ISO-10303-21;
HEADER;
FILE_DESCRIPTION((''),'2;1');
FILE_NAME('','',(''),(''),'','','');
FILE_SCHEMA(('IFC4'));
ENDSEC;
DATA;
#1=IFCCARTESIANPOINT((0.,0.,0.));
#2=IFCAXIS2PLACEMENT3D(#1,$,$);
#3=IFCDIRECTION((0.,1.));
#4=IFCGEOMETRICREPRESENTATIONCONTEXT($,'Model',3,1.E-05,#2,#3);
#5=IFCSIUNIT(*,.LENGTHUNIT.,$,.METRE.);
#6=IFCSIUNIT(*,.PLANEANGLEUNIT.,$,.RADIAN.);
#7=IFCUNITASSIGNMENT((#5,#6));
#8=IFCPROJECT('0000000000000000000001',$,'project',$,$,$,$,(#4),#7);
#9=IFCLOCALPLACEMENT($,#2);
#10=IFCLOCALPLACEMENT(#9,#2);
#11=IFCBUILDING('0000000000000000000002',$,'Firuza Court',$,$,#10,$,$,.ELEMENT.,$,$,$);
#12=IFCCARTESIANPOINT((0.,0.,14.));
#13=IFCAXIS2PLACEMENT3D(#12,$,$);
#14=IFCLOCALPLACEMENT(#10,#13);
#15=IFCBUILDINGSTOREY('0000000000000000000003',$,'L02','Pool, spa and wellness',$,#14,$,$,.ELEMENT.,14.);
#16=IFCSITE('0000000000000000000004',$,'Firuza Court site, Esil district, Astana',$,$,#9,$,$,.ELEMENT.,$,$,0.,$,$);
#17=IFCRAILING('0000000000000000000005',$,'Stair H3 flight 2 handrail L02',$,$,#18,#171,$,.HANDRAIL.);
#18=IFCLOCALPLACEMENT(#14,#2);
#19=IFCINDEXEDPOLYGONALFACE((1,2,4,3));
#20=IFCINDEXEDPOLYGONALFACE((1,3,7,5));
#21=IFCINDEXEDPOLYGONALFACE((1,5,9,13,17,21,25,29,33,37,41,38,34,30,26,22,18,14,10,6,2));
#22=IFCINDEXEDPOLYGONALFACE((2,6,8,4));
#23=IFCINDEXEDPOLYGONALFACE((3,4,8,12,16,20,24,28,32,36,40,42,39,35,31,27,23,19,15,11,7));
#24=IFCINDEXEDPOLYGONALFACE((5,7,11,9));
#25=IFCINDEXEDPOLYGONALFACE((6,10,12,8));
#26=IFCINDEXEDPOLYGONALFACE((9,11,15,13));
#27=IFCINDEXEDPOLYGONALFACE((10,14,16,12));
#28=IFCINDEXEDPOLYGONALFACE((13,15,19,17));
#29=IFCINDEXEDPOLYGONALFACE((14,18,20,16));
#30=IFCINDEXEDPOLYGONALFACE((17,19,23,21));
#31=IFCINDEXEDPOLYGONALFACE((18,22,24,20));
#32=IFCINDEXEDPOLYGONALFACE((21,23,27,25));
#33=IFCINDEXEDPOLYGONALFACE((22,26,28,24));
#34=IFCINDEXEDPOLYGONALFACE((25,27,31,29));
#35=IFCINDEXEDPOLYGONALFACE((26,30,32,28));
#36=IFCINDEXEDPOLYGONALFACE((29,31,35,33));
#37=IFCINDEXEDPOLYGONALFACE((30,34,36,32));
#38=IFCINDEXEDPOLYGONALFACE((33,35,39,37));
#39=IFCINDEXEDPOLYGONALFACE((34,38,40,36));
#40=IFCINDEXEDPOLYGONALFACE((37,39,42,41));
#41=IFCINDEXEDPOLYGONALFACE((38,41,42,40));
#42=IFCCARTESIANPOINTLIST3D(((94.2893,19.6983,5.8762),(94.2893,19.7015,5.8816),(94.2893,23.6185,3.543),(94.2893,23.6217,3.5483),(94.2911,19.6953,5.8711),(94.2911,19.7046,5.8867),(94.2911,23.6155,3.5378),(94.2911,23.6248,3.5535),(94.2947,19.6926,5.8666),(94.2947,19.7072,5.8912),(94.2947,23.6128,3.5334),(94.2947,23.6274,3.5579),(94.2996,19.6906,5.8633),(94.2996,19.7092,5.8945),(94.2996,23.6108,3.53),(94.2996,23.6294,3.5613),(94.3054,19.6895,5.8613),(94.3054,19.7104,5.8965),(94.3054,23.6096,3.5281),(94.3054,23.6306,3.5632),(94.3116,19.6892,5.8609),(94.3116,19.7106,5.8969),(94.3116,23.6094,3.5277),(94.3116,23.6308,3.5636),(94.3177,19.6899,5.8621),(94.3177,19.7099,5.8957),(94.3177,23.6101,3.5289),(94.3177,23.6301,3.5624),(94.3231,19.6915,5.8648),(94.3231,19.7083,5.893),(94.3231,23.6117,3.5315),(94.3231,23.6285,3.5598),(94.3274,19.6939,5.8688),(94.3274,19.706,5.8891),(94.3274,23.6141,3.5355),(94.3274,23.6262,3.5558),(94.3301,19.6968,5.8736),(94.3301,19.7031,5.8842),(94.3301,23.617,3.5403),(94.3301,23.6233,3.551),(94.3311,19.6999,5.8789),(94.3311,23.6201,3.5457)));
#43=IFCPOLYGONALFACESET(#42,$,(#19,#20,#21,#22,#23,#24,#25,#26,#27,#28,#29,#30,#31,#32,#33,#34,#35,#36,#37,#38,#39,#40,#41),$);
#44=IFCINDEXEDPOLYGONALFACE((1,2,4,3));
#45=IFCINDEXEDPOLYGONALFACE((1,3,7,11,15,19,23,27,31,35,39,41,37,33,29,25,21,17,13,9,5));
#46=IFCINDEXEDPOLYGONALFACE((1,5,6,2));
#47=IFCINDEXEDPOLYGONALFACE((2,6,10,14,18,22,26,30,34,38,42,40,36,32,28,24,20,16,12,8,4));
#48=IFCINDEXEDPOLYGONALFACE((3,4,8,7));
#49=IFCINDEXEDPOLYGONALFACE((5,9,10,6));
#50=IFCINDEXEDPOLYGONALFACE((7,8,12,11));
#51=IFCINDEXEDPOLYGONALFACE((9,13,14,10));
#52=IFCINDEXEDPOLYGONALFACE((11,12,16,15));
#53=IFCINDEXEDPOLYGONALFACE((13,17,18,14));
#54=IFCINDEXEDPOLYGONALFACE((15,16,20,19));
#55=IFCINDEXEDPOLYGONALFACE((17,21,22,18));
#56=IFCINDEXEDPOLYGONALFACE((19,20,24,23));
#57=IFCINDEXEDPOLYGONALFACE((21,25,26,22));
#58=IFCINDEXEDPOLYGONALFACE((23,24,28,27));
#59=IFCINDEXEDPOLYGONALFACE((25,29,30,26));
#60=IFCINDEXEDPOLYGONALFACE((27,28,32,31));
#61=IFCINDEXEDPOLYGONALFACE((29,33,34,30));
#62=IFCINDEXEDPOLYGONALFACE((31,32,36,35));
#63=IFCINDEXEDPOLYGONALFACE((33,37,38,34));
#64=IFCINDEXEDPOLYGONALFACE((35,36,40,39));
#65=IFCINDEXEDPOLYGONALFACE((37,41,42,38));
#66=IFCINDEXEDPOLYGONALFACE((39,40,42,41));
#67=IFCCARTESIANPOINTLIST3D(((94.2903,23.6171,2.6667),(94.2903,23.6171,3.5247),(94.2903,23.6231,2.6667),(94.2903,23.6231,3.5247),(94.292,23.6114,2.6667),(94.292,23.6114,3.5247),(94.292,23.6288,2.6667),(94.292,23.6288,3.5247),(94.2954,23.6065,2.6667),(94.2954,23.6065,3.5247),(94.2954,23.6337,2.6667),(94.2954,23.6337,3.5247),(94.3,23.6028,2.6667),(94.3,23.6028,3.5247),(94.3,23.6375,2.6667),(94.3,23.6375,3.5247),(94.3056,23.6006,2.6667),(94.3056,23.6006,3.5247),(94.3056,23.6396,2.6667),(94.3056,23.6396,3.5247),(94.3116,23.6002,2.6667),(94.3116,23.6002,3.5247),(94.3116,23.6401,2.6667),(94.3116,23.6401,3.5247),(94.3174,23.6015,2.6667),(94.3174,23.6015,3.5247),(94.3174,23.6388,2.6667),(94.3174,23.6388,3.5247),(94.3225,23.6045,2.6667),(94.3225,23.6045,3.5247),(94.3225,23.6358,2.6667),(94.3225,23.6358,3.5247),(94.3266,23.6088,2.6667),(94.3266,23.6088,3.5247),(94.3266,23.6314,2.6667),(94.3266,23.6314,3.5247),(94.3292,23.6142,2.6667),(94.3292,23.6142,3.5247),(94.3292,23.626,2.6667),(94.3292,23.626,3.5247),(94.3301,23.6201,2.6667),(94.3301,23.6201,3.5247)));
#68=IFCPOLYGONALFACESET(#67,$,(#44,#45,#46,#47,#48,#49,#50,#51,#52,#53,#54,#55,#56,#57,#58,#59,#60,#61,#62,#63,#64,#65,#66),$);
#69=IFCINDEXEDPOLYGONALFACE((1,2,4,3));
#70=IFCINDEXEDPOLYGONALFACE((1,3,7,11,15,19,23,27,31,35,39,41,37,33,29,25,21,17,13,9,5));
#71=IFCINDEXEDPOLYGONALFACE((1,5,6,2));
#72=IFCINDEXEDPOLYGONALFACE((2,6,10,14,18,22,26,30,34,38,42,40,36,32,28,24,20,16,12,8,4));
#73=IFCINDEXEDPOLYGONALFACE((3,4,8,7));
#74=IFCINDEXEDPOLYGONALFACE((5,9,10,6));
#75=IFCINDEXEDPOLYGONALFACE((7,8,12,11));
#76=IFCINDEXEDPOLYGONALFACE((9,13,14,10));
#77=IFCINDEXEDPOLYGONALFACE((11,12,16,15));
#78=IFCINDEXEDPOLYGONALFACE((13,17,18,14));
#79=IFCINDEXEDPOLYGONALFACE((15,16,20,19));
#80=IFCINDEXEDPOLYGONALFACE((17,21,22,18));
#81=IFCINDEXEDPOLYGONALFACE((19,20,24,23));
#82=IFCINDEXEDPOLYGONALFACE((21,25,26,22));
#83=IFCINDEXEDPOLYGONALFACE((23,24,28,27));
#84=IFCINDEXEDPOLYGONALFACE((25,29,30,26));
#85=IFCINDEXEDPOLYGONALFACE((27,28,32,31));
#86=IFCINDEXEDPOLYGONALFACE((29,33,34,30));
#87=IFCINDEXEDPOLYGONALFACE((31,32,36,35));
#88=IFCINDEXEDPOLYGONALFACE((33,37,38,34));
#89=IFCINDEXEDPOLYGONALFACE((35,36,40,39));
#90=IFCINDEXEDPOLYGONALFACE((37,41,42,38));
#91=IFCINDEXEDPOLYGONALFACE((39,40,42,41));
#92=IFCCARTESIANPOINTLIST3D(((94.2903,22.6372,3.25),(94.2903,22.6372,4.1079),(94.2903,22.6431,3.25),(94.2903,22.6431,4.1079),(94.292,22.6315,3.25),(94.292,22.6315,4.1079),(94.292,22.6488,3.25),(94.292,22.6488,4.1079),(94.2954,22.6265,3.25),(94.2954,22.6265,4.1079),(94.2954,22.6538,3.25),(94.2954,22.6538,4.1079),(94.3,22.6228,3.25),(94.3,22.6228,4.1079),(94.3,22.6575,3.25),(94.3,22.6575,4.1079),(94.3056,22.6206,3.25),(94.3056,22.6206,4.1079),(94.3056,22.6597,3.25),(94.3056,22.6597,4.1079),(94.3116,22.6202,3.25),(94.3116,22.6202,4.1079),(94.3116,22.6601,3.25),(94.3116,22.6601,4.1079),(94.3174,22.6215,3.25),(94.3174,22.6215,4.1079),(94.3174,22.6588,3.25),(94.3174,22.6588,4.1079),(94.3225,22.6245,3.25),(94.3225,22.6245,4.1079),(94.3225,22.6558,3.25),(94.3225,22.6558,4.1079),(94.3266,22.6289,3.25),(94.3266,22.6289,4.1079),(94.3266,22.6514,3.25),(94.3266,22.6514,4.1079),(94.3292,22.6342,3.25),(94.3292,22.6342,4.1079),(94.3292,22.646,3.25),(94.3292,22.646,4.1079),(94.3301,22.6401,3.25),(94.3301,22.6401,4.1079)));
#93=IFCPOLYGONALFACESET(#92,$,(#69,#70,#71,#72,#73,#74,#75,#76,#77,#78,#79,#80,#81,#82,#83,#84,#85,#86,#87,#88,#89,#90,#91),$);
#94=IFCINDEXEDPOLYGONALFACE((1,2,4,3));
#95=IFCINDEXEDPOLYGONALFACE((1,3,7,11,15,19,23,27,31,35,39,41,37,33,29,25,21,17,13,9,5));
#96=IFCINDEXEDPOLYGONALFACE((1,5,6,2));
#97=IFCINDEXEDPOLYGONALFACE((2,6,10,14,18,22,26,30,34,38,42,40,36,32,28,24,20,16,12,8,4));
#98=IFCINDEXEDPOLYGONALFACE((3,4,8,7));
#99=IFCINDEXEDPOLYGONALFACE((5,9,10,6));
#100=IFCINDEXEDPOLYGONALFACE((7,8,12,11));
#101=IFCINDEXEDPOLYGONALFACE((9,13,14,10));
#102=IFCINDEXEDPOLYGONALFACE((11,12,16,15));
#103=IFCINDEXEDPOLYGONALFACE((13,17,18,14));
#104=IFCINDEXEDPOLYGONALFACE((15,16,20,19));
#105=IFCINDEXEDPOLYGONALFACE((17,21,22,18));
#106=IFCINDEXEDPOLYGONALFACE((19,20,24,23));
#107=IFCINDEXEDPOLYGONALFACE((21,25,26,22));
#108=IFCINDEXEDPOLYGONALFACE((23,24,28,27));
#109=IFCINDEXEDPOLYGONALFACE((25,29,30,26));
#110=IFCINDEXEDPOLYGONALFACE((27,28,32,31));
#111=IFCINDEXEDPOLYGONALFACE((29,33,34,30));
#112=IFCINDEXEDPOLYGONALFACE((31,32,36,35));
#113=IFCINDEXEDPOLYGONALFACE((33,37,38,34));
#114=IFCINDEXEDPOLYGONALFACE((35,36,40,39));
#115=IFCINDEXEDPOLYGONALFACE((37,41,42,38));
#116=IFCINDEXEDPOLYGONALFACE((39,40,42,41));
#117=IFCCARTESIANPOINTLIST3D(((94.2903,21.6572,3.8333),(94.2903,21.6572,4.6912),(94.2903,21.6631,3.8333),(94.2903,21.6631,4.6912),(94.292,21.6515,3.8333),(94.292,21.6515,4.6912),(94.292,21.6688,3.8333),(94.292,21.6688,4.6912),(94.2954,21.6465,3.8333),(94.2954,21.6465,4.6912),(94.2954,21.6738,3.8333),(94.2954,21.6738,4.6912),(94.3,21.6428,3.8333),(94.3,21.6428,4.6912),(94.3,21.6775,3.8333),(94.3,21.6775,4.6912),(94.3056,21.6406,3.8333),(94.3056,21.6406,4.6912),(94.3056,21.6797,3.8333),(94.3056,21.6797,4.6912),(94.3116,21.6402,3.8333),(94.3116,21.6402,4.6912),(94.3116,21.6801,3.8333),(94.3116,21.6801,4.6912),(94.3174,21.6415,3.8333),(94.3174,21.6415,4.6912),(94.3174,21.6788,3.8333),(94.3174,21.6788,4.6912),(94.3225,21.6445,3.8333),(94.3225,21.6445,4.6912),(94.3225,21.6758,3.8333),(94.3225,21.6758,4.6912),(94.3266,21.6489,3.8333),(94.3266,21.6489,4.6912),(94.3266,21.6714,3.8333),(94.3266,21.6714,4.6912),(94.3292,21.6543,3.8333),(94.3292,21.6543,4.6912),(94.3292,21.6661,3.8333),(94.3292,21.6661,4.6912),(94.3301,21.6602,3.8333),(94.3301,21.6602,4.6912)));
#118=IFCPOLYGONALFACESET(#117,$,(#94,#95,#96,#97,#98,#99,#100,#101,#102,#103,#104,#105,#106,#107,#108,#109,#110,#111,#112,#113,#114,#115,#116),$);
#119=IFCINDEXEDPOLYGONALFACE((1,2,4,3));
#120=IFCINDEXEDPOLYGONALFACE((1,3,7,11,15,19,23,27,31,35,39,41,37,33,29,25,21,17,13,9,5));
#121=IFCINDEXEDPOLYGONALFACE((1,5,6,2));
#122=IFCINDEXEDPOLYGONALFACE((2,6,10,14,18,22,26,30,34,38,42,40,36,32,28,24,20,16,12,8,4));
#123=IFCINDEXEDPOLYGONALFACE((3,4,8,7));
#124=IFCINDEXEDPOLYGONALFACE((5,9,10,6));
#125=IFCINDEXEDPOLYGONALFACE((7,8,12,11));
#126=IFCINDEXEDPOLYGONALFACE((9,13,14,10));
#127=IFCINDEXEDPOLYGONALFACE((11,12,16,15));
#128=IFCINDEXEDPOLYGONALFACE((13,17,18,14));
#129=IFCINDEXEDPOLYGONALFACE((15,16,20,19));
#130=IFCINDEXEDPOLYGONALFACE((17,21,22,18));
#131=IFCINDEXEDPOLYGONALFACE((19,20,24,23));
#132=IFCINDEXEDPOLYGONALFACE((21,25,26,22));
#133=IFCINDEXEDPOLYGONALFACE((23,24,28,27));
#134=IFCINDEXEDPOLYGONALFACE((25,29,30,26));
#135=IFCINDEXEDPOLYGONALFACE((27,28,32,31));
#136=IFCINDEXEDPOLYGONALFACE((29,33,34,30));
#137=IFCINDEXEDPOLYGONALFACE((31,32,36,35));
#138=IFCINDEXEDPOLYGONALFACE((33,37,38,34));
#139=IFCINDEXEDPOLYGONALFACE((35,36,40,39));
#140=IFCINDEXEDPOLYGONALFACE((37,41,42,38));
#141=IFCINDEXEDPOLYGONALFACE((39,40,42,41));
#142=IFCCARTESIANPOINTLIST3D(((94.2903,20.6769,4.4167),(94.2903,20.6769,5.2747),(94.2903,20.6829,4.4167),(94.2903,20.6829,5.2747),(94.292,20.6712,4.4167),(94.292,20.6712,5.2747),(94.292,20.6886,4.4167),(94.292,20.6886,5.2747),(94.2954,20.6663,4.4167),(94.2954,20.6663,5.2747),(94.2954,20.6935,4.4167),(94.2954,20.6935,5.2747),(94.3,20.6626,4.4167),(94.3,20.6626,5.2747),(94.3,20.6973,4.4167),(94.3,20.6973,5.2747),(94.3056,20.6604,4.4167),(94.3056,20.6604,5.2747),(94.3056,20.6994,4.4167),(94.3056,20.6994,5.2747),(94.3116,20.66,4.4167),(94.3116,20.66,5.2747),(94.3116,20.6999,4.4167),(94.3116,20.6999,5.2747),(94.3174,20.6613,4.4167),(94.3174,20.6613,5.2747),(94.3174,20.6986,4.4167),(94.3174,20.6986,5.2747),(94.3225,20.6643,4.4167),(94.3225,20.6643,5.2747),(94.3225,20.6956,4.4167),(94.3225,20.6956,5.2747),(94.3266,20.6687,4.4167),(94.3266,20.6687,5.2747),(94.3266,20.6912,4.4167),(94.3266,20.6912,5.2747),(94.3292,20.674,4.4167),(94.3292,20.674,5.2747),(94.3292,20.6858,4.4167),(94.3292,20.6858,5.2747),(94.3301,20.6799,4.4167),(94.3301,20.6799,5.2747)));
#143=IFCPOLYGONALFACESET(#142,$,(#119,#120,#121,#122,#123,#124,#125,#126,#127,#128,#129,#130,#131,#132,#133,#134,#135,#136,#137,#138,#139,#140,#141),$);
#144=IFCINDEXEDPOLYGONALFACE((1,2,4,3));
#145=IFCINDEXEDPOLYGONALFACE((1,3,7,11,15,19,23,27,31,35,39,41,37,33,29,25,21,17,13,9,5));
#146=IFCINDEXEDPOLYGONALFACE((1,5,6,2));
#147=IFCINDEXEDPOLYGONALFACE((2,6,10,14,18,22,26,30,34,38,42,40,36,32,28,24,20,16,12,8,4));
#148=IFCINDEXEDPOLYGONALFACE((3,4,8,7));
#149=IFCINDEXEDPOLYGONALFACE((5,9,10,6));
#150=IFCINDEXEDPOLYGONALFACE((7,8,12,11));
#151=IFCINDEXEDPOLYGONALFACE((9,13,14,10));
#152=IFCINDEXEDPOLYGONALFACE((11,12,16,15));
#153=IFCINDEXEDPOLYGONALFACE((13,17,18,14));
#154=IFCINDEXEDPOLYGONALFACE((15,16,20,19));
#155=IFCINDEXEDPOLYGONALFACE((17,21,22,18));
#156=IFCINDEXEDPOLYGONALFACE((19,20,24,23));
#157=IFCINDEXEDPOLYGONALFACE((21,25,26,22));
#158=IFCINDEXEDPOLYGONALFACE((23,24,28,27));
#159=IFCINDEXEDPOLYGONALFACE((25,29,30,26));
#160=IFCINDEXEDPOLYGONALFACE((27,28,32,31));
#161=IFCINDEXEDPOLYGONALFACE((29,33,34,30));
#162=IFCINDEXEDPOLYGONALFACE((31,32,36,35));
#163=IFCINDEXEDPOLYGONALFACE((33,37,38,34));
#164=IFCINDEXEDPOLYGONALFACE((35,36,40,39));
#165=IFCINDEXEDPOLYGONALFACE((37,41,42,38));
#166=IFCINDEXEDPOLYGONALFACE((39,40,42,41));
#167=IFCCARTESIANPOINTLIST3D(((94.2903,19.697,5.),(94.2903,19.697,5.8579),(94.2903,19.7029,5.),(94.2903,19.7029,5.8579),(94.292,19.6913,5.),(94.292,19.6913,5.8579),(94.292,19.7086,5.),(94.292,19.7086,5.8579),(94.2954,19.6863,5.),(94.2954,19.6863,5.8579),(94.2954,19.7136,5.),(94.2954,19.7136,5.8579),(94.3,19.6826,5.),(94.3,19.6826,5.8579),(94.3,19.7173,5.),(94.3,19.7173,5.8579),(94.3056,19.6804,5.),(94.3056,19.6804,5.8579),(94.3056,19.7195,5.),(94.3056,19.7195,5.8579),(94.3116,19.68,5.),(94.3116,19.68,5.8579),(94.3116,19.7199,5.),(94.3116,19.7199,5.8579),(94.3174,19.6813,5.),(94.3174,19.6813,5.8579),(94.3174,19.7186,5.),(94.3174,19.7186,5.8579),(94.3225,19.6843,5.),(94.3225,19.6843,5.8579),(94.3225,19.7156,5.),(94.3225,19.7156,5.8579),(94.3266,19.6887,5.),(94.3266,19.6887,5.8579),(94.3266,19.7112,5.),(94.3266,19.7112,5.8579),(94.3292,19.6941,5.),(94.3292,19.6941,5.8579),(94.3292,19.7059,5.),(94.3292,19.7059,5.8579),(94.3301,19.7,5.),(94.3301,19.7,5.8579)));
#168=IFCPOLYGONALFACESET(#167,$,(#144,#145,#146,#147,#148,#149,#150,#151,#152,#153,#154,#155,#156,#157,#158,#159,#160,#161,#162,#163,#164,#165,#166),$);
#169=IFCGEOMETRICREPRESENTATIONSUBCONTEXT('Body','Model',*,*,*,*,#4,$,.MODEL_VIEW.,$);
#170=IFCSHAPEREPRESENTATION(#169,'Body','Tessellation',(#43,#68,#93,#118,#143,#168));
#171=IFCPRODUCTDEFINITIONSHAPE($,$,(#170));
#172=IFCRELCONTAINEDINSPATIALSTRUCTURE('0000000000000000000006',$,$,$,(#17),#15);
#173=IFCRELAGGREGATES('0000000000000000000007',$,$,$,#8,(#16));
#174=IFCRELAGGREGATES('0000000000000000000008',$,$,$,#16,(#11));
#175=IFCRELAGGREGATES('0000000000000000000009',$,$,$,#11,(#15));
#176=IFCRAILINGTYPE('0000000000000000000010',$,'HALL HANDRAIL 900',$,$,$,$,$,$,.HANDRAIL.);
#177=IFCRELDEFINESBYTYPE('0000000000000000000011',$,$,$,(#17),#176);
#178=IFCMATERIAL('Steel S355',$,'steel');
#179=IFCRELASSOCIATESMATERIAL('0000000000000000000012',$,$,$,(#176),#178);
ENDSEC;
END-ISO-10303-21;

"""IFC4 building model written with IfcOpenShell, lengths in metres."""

from ifc_helpers import new_model, si_unit, direction, frame, origin, origin_2d, place, context, subcontext, project, spatial, circle, extrude, material, type_object, element, save


model = new_model("IFC4")

# Units and contexts
model_context = context("Model", 3, precision=1e-05, world=origin(), true_north=direction((0.0, 1.0)))
body_context = subcontext(model_context, "Body", "Model", "MODEL_VIEW")
ifc_project = project(units=[si_unit("LENGTHUNIT", "METRE"), si_unit("PLANEANGLEUNIT", "RADIAN")], contexts=[model_context])

# Site, building, storey
site_placement = place(None, origin())
site = spatial("IfcSite", under=ifc_project, at=site_placement, Name="Firuza Court site, Esil district, Astana", CompositionType="ELEMENT", RefElevation=0.0)
building_placement = place(site_placement, origin())
building = spatial("IfcBuilding", under=site, at=building_placement, Name="Firuza Court", CompositionType="ELEMENT")
storey_placement = place(building_placement, frame((0.0, 0.0, 14.0)))
storey = spatial("IfcBuildingStorey", under=building, at=storey_placement, Name="L02", Description="Pool, spa and wellness", CompositionType="ELEMENT", Elevation=14.0)

# Railing
ifc_material_1 = material(Name="Steel S355", Category="steel")
railing_type_1 = type_object("IfcRailingType", Name="HALL HANDRAIL 900", PredefinedType="HANDRAIL", material=ifc_material_1)
railing_1_placement = place(storey_placement, frame((94.3101, 23.6201, 2.6667)))
element("IfcRailing", 1, at=railing_1_placement, inside=storey, type_object=railing_type_1, Name="Stair H3 flight 2 handrail L02", PredefinedType="HANDRAIL", context=body_context, shape_type="SweptSolid", body=[
    extrude(circle(Radius=0.021, at=origin_2d()), frame((0.0, 0.0, 0.8789), z_axis=(0.0, -0.85931, 0.511455), x_axis=(1.0, 0.0, 0.0)), (0.0, 0.0, 1.0), 4.562),
    extrude(circle(Radius=0.02, at=origin_2d()), origin(), (0.0, 0.0, 1.0), 0.8579),
    extrude(circle(Radius=0.02, at=origin_2d()), frame((0.0, -0.98, 0.5833)), (0.0, 0.0, 1.0), 0.8579),
    extrude(circle(Radius=0.02, at=origin_2d()), frame((0.0, -1.96, 1.1665)), (0.0, 0.0, 1.0), 0.8579),
    extrude(circle(Radius=0.02, at=origin_2d()), frame((0.0, -2.9402, 1.75)), (0.0, 0.0, 1.0), 0.8579),
    extrude(circle(Radius=0.02, at=origin_2d()), frame((0.0, -3.9202, 2.3333)), (0.0, 0.0, 1.0), 0.8579),
])

save(model, "model.ifc")
